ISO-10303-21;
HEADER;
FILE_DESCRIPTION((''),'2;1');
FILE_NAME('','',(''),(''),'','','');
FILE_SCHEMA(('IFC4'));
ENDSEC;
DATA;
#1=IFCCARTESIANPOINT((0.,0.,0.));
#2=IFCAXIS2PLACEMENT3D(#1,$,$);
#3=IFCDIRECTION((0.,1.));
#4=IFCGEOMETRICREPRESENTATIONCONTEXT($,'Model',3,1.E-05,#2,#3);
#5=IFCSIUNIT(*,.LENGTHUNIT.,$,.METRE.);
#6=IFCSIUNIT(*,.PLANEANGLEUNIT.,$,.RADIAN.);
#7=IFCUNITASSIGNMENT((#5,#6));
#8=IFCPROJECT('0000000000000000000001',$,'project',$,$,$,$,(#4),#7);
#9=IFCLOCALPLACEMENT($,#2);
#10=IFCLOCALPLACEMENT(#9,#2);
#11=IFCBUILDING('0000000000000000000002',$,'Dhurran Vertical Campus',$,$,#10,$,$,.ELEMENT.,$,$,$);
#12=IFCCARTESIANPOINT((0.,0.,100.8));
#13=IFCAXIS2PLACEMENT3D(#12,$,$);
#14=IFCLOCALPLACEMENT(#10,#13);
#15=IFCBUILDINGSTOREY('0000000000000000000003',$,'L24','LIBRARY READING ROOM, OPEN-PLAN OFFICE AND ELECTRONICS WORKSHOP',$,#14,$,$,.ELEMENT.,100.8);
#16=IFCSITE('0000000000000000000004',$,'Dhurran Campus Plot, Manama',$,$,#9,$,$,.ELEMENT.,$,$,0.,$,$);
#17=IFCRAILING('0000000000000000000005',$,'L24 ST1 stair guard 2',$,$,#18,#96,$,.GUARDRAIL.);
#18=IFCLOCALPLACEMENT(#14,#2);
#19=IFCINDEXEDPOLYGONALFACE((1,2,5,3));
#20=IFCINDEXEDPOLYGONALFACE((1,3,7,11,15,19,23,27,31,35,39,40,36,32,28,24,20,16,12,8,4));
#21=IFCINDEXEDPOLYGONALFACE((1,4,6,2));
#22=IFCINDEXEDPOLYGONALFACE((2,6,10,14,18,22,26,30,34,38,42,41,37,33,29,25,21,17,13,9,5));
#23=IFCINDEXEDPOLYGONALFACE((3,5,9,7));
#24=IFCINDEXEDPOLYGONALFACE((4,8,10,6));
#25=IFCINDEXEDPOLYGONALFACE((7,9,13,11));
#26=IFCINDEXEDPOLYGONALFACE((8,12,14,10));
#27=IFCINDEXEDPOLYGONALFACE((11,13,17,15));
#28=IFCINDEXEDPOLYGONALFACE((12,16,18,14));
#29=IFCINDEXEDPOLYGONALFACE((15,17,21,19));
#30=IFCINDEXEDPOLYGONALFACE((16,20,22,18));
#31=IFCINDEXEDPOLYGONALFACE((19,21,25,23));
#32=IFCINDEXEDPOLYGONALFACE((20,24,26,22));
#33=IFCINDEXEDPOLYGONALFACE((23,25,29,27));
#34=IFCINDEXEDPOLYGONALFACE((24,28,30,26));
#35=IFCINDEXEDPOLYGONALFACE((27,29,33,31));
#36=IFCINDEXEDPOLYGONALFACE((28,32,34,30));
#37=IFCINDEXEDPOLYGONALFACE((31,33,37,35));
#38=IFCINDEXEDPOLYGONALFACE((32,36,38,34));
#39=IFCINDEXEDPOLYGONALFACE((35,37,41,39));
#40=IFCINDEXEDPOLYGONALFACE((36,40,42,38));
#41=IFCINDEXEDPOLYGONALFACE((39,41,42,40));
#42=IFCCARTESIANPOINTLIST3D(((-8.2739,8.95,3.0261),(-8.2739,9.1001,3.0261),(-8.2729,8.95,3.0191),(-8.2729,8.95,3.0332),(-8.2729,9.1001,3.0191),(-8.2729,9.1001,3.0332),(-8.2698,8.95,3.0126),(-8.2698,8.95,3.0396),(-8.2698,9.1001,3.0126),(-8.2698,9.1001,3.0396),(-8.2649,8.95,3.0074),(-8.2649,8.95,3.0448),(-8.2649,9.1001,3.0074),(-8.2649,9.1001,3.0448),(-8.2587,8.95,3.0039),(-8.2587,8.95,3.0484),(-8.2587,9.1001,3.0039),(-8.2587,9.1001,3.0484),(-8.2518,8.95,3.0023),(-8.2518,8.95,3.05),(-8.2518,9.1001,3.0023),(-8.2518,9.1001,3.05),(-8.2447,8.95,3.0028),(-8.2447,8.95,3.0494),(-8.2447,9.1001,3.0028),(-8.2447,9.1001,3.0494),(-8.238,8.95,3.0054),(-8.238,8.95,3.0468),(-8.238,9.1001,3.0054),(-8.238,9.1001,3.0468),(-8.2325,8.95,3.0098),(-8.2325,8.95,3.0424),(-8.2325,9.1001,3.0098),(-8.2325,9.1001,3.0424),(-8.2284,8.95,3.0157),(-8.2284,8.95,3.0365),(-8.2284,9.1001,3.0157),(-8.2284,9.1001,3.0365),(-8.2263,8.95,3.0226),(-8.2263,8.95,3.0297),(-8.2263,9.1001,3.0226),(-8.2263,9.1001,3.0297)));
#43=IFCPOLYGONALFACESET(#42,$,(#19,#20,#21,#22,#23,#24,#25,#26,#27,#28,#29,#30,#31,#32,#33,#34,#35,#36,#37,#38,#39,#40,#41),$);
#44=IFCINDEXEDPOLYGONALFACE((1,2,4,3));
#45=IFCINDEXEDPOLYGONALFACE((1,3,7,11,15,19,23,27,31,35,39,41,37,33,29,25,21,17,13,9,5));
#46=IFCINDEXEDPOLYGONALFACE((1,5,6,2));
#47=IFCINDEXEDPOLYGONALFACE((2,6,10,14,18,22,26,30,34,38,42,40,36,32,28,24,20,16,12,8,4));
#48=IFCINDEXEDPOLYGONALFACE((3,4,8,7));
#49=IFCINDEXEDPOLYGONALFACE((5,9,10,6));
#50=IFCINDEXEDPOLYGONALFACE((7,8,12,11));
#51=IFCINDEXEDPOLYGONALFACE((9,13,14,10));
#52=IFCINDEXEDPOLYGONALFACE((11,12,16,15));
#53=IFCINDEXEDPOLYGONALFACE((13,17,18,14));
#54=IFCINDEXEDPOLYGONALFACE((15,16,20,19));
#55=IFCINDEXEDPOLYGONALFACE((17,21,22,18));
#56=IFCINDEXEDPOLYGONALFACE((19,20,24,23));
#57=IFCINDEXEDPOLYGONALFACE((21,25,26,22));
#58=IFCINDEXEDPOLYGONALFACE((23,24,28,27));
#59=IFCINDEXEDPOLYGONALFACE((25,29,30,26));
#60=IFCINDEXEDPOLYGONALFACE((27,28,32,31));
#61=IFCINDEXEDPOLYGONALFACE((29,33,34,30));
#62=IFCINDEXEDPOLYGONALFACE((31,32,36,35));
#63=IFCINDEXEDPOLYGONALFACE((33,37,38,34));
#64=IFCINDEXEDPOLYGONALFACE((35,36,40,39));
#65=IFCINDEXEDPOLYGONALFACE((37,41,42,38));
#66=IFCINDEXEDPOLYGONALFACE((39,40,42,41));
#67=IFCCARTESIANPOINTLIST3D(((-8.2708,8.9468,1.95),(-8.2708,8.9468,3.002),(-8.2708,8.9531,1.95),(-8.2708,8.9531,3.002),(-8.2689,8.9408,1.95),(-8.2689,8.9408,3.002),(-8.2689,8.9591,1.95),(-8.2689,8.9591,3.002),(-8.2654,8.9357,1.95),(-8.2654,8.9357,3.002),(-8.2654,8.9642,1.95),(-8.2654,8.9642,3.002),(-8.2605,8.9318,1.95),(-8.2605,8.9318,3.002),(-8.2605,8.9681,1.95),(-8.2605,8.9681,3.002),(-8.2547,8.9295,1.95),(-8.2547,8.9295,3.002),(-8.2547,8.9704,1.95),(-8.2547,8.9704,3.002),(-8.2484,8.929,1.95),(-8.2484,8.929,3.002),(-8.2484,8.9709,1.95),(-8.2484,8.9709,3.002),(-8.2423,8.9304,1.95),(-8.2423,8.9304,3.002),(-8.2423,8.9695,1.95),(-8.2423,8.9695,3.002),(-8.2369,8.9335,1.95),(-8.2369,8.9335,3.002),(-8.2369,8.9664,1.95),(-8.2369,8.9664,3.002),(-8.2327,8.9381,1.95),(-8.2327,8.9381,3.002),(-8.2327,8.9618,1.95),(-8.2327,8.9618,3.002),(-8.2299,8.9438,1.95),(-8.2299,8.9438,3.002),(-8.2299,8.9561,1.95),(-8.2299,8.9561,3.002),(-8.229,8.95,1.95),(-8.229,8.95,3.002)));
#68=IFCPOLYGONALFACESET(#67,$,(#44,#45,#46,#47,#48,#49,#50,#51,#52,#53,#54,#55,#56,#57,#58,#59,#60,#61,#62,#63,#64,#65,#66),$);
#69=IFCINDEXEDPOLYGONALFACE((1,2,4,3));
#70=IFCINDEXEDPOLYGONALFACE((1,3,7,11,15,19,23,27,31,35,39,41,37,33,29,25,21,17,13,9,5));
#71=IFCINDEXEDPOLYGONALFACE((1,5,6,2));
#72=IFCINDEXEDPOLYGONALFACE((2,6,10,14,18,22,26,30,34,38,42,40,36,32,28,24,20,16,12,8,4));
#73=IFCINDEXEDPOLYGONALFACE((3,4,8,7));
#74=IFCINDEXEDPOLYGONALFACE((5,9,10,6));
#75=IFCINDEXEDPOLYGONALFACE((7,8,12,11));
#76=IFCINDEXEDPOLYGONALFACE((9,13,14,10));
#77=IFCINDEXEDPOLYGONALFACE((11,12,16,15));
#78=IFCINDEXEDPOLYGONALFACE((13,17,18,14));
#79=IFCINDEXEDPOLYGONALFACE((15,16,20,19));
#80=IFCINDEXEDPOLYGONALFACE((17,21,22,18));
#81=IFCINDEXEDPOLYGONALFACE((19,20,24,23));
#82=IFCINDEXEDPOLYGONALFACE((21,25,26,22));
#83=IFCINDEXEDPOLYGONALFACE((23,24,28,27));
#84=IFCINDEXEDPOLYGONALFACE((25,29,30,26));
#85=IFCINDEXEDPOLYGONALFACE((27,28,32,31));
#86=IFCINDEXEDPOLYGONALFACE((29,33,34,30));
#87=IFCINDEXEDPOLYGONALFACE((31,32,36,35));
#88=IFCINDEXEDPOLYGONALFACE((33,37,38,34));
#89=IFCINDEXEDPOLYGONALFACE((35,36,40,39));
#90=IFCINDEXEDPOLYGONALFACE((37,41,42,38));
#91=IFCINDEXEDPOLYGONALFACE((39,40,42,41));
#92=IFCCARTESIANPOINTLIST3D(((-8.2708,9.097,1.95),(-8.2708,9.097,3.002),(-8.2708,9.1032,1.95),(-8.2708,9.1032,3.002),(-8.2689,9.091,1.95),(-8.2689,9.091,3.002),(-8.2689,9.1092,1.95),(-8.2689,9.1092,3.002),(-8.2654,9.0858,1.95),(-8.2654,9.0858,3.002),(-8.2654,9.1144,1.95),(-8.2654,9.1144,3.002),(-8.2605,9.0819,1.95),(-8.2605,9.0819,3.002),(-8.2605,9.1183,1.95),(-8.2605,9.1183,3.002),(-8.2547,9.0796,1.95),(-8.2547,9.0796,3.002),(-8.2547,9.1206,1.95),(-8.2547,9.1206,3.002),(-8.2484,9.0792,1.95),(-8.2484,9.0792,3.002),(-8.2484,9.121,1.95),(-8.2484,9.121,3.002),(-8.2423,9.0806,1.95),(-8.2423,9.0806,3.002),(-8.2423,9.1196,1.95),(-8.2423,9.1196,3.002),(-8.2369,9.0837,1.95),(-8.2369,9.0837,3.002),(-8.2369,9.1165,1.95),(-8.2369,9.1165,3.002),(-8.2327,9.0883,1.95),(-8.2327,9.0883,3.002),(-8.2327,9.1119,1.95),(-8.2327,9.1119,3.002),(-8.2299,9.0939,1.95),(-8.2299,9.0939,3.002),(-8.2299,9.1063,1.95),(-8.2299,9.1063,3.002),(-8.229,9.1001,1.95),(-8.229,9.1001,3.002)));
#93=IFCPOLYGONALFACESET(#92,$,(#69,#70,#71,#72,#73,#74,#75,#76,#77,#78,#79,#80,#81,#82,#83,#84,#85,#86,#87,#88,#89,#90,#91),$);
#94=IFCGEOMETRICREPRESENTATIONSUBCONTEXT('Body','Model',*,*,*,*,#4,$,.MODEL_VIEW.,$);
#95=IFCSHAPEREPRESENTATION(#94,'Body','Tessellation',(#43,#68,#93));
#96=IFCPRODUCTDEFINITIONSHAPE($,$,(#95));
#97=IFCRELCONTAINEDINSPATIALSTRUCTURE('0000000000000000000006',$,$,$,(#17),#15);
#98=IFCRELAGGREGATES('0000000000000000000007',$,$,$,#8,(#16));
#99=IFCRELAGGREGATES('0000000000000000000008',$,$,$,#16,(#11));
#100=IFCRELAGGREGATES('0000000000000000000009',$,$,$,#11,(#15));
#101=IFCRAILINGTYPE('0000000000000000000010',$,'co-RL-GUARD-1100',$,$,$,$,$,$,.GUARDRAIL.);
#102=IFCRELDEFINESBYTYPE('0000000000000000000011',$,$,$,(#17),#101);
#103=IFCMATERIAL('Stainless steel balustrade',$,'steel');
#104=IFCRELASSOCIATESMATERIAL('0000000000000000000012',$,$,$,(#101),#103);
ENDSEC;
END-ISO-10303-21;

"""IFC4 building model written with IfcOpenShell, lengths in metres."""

from ifc_helpers import new_model, si_unit, direction, frame, origin, origin_2d, place, context, subcontext, project, spatial, circle, extrude, material, type_object, element, save


model = new_model("IFC4")

# Units and contexts
model_context = context("Model", 3, precision=1e-05, world=origin(), true_north=direction((0.0, 1.0)))
body_context = subcontext(model_context, "Body", "Model", "MODEL_VIEW")
ifc_project = project(units=[si_unit("LENGTHUNIT", "METRE"), si_unit("PLANEANGLEUNIT", "RADIAN")], contexts=[model_context])

# Site, building, storey
site_placement = place(None, origin())
site = spatial("IfcSite", under=ifc_project, at=site_placement, Name="Dhurran Campus Plot, Manama", CompositionType="ELEMENT", RefElevation=0.0)
building_placement = place(site_placement, origin())
building = spatial("IfcBuilding", under=site, at=building_placement, Name="Dhurran Vertical Campus", CompositionType="ELEMENT")
storey_placement = place(building_placement, frame((0.0, 0.0, 100.8)))
storey = spatial("IfcBuildingStorey", under=building, at=storey_placement, Name="L24", Description="LIBRARY READING ROOM, OPEN-PLAN OFFICE AND ELECTRONICS WORKSHOP", CompositionType="ELEMENT", Elevation=100.8)

# Railing
ifc_material_1 = material(Name="Stainless steel balustrade", Category="steel")
railing_type_1 = type_object("IfcRailingType", Name="co-RL-GUARD-1100", PredefinedType="GUARDRAIL", material=ifc_material_1)
railing_1_placement = place(storey_placement, frame((-8.25, 8.95, 1.95)))
element("IfcRailing", 1, at=railing_1_placement, inside=storey, type_object=railing_type_1, Name="L24 ST1 stair guard 2", PredefinedType="GUARDRAIL", context=body_context, shape_type="SweptSolid", body=[
    extrude(circle(Radius=0.0239, at=origin_2d()), frame((0.0, 0.0, 1.0762), z_axis=(0.0, 1.0, 0.0), x_axis=(-1.0, 0.0, 0.0)), (0.0, 0.0, 1.0), 0.1501),
    extrude(circle(Radius=0.021, at=origin_2d()), origin(), (0.0, 0.0, 1.0), 1.052),
    extrude(circle(Radius=0.021, at=origin_2d()), frame((0.0, 0.1501, 0.0)), (0.0, 0.0, 1.0), 1.052),
])

save(model, "model.ifc")
